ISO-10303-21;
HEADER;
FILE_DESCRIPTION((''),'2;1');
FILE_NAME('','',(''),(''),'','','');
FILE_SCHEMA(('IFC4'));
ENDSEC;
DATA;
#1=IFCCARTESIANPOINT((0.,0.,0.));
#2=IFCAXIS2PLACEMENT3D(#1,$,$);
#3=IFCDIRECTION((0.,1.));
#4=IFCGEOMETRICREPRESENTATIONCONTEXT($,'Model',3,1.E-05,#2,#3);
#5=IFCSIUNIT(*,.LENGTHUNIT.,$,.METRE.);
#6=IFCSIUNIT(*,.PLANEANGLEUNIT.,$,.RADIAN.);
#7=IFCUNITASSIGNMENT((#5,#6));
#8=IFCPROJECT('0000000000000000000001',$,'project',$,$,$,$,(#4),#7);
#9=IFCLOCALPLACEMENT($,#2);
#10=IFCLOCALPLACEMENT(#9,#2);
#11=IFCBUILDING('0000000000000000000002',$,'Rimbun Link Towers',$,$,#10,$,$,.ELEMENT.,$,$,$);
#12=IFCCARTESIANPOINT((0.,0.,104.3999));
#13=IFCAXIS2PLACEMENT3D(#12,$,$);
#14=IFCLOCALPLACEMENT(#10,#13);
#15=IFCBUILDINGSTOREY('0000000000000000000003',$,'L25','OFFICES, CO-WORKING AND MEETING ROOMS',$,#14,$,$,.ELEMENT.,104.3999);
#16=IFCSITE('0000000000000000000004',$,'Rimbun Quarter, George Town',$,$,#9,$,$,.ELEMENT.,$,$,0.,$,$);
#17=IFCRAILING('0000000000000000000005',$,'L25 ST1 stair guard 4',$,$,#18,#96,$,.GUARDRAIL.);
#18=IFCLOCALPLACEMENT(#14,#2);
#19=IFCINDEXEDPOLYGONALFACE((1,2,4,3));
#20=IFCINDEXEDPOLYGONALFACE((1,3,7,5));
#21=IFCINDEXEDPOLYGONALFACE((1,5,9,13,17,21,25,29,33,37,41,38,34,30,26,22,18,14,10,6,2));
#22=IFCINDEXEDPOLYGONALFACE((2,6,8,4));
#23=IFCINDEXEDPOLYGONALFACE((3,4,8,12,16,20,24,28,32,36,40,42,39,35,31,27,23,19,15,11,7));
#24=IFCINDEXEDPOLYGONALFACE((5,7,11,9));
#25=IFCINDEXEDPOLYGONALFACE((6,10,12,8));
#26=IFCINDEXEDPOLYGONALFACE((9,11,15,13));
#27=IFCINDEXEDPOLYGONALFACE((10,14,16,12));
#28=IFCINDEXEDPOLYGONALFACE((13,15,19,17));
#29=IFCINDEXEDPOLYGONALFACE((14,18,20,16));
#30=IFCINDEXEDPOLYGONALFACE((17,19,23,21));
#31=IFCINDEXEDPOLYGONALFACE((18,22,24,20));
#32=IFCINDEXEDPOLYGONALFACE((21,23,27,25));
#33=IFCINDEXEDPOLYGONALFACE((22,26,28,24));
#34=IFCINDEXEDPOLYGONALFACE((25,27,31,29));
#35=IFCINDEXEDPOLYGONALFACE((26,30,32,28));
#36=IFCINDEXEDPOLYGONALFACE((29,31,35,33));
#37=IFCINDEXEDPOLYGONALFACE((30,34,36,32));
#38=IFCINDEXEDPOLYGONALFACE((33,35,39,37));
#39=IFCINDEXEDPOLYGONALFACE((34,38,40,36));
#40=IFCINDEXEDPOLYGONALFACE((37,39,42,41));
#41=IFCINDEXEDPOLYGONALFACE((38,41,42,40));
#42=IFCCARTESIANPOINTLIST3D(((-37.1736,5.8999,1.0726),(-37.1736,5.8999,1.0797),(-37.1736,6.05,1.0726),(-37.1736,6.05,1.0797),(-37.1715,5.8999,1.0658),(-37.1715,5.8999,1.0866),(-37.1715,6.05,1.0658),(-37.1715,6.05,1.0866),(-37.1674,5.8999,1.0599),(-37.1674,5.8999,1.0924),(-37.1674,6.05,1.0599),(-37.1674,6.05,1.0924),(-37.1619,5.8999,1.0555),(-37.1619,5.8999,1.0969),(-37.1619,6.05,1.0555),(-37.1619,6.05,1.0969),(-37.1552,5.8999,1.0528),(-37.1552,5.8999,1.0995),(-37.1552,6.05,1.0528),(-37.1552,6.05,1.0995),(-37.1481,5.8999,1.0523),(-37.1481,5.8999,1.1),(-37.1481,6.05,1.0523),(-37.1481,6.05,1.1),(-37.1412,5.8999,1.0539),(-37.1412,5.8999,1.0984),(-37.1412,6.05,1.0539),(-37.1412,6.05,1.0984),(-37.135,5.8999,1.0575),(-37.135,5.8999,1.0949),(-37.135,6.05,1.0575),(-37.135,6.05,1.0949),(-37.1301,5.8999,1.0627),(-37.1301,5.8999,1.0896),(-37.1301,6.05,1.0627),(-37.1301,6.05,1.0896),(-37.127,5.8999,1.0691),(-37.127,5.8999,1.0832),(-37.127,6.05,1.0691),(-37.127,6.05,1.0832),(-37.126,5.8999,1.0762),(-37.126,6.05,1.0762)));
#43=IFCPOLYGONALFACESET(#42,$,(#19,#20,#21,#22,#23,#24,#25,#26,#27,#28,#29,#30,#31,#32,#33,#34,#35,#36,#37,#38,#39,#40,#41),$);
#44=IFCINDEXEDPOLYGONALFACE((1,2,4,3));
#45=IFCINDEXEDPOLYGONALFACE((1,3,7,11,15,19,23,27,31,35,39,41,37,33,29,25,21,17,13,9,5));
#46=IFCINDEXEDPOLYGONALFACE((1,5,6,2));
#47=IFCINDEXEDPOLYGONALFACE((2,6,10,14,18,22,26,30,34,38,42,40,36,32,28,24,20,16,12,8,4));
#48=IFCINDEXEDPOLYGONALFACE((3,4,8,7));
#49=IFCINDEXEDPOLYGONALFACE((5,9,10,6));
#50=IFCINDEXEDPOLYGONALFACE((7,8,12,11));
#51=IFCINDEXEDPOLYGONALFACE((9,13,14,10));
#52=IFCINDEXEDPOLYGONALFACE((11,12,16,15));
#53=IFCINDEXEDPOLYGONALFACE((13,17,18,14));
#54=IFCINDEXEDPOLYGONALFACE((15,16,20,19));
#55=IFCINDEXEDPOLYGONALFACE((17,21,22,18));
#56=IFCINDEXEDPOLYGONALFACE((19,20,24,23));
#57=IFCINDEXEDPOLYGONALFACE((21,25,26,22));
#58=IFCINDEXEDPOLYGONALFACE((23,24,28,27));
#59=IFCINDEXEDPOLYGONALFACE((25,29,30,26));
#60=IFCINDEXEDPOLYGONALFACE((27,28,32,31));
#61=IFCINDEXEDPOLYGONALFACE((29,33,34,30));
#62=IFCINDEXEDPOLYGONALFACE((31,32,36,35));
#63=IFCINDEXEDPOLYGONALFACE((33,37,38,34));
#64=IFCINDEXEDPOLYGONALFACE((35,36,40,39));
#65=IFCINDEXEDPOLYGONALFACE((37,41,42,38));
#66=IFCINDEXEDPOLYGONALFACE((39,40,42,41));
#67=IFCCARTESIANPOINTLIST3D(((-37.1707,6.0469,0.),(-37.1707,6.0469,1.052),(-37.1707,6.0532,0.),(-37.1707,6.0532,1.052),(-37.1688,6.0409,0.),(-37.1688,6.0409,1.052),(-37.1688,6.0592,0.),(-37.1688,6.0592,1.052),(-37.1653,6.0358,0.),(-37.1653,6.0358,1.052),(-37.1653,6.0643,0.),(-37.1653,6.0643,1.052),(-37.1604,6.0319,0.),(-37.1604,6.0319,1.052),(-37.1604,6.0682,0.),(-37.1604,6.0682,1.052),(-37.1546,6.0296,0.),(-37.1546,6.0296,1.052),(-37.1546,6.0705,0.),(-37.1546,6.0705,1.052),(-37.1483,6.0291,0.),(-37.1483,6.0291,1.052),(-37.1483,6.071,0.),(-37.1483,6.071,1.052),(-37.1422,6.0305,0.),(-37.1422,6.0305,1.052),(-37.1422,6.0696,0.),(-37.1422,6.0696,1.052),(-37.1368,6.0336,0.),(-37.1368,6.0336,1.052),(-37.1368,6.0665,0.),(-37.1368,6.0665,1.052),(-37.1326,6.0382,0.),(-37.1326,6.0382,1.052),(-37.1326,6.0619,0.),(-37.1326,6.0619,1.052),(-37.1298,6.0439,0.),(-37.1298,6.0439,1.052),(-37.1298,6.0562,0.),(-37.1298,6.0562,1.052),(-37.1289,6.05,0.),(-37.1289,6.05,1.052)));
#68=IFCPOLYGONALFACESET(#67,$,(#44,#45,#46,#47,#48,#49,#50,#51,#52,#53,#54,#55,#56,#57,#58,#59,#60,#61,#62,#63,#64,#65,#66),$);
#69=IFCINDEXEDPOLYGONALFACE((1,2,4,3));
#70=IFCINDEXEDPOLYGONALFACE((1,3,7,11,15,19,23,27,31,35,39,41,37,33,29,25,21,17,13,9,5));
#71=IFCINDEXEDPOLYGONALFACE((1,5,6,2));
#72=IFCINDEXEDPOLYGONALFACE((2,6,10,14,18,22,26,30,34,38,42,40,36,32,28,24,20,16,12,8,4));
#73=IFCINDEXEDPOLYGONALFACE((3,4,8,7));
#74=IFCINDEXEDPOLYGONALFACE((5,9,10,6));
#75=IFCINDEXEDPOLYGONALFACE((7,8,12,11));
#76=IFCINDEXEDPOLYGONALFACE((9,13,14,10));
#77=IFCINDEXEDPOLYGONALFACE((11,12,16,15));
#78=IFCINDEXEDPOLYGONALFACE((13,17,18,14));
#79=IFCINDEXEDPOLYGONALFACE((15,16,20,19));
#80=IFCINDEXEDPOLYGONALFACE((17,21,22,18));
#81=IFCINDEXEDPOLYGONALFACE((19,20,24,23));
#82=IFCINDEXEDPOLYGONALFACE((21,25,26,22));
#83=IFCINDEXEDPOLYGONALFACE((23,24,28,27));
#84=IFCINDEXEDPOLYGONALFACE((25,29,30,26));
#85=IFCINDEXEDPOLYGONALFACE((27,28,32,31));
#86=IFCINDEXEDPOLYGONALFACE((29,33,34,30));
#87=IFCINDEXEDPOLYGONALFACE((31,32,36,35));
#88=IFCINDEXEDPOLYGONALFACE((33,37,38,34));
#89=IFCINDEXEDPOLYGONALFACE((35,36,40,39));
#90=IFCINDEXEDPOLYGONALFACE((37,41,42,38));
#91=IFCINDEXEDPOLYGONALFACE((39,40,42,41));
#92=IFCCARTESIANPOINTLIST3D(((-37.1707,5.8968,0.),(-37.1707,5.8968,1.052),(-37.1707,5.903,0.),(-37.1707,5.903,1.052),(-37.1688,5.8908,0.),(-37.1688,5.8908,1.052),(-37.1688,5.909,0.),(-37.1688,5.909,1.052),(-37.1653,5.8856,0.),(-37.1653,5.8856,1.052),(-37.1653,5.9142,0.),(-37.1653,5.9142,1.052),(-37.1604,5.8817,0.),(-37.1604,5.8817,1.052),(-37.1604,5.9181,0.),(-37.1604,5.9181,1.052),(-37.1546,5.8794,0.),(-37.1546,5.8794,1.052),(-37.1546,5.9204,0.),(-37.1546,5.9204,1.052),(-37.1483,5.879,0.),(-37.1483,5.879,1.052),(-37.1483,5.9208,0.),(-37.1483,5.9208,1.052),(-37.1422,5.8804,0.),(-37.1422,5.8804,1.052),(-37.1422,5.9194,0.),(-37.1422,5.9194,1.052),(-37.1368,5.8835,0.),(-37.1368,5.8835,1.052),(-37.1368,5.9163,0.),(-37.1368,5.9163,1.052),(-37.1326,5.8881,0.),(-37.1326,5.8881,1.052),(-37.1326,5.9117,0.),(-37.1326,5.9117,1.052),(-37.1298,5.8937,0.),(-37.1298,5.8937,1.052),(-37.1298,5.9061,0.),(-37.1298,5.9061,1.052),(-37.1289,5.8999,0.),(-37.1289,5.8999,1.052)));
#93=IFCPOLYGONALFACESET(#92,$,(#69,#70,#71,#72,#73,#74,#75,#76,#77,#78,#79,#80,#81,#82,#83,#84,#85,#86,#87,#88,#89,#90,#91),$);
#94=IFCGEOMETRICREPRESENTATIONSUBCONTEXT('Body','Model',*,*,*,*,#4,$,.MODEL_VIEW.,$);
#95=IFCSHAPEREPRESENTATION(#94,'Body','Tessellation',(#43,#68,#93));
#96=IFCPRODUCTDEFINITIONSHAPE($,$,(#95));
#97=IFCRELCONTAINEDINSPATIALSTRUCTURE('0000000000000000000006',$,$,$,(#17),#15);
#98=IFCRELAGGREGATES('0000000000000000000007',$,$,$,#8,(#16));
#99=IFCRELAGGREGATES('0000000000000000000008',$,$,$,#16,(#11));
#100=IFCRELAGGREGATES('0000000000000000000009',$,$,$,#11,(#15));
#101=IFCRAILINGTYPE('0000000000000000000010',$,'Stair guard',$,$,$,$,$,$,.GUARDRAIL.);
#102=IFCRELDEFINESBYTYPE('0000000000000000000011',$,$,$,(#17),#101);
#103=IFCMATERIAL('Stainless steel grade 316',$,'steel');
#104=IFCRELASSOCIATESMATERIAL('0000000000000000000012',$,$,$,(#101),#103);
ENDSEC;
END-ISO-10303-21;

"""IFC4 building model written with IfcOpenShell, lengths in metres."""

from ifc_helpers import new_model, si_unit, direction, frame, origin, origin_2d, place, context, subcontext, project, spatial, circle, extrude, material, type_object, element, save


model = new_model("IFC4")

# Units and contexts
model_context = context("Model", 3, precision=1e-05, world=origin(), true_north=direction((0.0, 1.0)))
body_context = subcontext(model_context, "Body", "Model", "MODEL_VIEW")
ifc_project = project(units=[si_unit("LENGTHUNIT", "METRE"), si_unit("PLANEANGLEUNIT", "RADIAN")], contexts=[model_context])

# Site, building, storey
site_placement = place(None, origin())
site = spatial("IfcSite", under=ifc_project, at=site_placement, Name="Rimbun Quarter, George Town", CompositionType="ELEMENT", RefElevation=0.0)
building_placement = place(site_placement, origin())
building = spatial("IfcBuilding", under=site, at=building_placement, Name="Rimbun Link Towers", CompositionType="ELEMENT")
storey_placement = place(building_placement, frame((0.0, 0.0, 104.3999)))
storey = spatial("IfcBuildingStorey", under=building, at=storey_placement, Name="L25", Description="OFFICES, CO-WORKING AND MEETING ROOMS", CompositionType="ELEMENT", Elevation=104.3999)

# Railing
ifc_material_1 = material(Name="Stainless steel grade 316", Category="steel")
railing_type_1 = type_object("IfcRailingType", Name="Stair guard", PredefinedType="GUARDRAIL", material=ifc_material_1)
railing_1_placement = place(storey_placement, frame((-37.1499, 6.05, 0.0)))
element("IfcRailing", 1, at=railing_1_placement, inside=storey, type_object=railing_type_1, Name="L25 ST1 stair guard 4", PredefinedType="GUARDRAIL", context=body_context, shape_type="SweptSolid", body=[
    extrude(circle(Radius=0.0239, at=origin_2d()), frame((0.0, 0.0, 1.0762), z_axis=(0.0, -1.0, 0.0), x_axis=(1.0, 0.0, 0.0)), (0.0, 0.0, 1.0), 0.1501),
    extrude(circle(Radius=0.021, at=origin_2d()), origin(), (0.0, 0.0, 1.0), 1.052),
    extrude(circle(Radius=0.021, at=origin_2d()), frame((0.0, -0.1501, 0.0)), (0.0, 0.0, 1.0), 1.052),
])

save(model, "model.ifc")
